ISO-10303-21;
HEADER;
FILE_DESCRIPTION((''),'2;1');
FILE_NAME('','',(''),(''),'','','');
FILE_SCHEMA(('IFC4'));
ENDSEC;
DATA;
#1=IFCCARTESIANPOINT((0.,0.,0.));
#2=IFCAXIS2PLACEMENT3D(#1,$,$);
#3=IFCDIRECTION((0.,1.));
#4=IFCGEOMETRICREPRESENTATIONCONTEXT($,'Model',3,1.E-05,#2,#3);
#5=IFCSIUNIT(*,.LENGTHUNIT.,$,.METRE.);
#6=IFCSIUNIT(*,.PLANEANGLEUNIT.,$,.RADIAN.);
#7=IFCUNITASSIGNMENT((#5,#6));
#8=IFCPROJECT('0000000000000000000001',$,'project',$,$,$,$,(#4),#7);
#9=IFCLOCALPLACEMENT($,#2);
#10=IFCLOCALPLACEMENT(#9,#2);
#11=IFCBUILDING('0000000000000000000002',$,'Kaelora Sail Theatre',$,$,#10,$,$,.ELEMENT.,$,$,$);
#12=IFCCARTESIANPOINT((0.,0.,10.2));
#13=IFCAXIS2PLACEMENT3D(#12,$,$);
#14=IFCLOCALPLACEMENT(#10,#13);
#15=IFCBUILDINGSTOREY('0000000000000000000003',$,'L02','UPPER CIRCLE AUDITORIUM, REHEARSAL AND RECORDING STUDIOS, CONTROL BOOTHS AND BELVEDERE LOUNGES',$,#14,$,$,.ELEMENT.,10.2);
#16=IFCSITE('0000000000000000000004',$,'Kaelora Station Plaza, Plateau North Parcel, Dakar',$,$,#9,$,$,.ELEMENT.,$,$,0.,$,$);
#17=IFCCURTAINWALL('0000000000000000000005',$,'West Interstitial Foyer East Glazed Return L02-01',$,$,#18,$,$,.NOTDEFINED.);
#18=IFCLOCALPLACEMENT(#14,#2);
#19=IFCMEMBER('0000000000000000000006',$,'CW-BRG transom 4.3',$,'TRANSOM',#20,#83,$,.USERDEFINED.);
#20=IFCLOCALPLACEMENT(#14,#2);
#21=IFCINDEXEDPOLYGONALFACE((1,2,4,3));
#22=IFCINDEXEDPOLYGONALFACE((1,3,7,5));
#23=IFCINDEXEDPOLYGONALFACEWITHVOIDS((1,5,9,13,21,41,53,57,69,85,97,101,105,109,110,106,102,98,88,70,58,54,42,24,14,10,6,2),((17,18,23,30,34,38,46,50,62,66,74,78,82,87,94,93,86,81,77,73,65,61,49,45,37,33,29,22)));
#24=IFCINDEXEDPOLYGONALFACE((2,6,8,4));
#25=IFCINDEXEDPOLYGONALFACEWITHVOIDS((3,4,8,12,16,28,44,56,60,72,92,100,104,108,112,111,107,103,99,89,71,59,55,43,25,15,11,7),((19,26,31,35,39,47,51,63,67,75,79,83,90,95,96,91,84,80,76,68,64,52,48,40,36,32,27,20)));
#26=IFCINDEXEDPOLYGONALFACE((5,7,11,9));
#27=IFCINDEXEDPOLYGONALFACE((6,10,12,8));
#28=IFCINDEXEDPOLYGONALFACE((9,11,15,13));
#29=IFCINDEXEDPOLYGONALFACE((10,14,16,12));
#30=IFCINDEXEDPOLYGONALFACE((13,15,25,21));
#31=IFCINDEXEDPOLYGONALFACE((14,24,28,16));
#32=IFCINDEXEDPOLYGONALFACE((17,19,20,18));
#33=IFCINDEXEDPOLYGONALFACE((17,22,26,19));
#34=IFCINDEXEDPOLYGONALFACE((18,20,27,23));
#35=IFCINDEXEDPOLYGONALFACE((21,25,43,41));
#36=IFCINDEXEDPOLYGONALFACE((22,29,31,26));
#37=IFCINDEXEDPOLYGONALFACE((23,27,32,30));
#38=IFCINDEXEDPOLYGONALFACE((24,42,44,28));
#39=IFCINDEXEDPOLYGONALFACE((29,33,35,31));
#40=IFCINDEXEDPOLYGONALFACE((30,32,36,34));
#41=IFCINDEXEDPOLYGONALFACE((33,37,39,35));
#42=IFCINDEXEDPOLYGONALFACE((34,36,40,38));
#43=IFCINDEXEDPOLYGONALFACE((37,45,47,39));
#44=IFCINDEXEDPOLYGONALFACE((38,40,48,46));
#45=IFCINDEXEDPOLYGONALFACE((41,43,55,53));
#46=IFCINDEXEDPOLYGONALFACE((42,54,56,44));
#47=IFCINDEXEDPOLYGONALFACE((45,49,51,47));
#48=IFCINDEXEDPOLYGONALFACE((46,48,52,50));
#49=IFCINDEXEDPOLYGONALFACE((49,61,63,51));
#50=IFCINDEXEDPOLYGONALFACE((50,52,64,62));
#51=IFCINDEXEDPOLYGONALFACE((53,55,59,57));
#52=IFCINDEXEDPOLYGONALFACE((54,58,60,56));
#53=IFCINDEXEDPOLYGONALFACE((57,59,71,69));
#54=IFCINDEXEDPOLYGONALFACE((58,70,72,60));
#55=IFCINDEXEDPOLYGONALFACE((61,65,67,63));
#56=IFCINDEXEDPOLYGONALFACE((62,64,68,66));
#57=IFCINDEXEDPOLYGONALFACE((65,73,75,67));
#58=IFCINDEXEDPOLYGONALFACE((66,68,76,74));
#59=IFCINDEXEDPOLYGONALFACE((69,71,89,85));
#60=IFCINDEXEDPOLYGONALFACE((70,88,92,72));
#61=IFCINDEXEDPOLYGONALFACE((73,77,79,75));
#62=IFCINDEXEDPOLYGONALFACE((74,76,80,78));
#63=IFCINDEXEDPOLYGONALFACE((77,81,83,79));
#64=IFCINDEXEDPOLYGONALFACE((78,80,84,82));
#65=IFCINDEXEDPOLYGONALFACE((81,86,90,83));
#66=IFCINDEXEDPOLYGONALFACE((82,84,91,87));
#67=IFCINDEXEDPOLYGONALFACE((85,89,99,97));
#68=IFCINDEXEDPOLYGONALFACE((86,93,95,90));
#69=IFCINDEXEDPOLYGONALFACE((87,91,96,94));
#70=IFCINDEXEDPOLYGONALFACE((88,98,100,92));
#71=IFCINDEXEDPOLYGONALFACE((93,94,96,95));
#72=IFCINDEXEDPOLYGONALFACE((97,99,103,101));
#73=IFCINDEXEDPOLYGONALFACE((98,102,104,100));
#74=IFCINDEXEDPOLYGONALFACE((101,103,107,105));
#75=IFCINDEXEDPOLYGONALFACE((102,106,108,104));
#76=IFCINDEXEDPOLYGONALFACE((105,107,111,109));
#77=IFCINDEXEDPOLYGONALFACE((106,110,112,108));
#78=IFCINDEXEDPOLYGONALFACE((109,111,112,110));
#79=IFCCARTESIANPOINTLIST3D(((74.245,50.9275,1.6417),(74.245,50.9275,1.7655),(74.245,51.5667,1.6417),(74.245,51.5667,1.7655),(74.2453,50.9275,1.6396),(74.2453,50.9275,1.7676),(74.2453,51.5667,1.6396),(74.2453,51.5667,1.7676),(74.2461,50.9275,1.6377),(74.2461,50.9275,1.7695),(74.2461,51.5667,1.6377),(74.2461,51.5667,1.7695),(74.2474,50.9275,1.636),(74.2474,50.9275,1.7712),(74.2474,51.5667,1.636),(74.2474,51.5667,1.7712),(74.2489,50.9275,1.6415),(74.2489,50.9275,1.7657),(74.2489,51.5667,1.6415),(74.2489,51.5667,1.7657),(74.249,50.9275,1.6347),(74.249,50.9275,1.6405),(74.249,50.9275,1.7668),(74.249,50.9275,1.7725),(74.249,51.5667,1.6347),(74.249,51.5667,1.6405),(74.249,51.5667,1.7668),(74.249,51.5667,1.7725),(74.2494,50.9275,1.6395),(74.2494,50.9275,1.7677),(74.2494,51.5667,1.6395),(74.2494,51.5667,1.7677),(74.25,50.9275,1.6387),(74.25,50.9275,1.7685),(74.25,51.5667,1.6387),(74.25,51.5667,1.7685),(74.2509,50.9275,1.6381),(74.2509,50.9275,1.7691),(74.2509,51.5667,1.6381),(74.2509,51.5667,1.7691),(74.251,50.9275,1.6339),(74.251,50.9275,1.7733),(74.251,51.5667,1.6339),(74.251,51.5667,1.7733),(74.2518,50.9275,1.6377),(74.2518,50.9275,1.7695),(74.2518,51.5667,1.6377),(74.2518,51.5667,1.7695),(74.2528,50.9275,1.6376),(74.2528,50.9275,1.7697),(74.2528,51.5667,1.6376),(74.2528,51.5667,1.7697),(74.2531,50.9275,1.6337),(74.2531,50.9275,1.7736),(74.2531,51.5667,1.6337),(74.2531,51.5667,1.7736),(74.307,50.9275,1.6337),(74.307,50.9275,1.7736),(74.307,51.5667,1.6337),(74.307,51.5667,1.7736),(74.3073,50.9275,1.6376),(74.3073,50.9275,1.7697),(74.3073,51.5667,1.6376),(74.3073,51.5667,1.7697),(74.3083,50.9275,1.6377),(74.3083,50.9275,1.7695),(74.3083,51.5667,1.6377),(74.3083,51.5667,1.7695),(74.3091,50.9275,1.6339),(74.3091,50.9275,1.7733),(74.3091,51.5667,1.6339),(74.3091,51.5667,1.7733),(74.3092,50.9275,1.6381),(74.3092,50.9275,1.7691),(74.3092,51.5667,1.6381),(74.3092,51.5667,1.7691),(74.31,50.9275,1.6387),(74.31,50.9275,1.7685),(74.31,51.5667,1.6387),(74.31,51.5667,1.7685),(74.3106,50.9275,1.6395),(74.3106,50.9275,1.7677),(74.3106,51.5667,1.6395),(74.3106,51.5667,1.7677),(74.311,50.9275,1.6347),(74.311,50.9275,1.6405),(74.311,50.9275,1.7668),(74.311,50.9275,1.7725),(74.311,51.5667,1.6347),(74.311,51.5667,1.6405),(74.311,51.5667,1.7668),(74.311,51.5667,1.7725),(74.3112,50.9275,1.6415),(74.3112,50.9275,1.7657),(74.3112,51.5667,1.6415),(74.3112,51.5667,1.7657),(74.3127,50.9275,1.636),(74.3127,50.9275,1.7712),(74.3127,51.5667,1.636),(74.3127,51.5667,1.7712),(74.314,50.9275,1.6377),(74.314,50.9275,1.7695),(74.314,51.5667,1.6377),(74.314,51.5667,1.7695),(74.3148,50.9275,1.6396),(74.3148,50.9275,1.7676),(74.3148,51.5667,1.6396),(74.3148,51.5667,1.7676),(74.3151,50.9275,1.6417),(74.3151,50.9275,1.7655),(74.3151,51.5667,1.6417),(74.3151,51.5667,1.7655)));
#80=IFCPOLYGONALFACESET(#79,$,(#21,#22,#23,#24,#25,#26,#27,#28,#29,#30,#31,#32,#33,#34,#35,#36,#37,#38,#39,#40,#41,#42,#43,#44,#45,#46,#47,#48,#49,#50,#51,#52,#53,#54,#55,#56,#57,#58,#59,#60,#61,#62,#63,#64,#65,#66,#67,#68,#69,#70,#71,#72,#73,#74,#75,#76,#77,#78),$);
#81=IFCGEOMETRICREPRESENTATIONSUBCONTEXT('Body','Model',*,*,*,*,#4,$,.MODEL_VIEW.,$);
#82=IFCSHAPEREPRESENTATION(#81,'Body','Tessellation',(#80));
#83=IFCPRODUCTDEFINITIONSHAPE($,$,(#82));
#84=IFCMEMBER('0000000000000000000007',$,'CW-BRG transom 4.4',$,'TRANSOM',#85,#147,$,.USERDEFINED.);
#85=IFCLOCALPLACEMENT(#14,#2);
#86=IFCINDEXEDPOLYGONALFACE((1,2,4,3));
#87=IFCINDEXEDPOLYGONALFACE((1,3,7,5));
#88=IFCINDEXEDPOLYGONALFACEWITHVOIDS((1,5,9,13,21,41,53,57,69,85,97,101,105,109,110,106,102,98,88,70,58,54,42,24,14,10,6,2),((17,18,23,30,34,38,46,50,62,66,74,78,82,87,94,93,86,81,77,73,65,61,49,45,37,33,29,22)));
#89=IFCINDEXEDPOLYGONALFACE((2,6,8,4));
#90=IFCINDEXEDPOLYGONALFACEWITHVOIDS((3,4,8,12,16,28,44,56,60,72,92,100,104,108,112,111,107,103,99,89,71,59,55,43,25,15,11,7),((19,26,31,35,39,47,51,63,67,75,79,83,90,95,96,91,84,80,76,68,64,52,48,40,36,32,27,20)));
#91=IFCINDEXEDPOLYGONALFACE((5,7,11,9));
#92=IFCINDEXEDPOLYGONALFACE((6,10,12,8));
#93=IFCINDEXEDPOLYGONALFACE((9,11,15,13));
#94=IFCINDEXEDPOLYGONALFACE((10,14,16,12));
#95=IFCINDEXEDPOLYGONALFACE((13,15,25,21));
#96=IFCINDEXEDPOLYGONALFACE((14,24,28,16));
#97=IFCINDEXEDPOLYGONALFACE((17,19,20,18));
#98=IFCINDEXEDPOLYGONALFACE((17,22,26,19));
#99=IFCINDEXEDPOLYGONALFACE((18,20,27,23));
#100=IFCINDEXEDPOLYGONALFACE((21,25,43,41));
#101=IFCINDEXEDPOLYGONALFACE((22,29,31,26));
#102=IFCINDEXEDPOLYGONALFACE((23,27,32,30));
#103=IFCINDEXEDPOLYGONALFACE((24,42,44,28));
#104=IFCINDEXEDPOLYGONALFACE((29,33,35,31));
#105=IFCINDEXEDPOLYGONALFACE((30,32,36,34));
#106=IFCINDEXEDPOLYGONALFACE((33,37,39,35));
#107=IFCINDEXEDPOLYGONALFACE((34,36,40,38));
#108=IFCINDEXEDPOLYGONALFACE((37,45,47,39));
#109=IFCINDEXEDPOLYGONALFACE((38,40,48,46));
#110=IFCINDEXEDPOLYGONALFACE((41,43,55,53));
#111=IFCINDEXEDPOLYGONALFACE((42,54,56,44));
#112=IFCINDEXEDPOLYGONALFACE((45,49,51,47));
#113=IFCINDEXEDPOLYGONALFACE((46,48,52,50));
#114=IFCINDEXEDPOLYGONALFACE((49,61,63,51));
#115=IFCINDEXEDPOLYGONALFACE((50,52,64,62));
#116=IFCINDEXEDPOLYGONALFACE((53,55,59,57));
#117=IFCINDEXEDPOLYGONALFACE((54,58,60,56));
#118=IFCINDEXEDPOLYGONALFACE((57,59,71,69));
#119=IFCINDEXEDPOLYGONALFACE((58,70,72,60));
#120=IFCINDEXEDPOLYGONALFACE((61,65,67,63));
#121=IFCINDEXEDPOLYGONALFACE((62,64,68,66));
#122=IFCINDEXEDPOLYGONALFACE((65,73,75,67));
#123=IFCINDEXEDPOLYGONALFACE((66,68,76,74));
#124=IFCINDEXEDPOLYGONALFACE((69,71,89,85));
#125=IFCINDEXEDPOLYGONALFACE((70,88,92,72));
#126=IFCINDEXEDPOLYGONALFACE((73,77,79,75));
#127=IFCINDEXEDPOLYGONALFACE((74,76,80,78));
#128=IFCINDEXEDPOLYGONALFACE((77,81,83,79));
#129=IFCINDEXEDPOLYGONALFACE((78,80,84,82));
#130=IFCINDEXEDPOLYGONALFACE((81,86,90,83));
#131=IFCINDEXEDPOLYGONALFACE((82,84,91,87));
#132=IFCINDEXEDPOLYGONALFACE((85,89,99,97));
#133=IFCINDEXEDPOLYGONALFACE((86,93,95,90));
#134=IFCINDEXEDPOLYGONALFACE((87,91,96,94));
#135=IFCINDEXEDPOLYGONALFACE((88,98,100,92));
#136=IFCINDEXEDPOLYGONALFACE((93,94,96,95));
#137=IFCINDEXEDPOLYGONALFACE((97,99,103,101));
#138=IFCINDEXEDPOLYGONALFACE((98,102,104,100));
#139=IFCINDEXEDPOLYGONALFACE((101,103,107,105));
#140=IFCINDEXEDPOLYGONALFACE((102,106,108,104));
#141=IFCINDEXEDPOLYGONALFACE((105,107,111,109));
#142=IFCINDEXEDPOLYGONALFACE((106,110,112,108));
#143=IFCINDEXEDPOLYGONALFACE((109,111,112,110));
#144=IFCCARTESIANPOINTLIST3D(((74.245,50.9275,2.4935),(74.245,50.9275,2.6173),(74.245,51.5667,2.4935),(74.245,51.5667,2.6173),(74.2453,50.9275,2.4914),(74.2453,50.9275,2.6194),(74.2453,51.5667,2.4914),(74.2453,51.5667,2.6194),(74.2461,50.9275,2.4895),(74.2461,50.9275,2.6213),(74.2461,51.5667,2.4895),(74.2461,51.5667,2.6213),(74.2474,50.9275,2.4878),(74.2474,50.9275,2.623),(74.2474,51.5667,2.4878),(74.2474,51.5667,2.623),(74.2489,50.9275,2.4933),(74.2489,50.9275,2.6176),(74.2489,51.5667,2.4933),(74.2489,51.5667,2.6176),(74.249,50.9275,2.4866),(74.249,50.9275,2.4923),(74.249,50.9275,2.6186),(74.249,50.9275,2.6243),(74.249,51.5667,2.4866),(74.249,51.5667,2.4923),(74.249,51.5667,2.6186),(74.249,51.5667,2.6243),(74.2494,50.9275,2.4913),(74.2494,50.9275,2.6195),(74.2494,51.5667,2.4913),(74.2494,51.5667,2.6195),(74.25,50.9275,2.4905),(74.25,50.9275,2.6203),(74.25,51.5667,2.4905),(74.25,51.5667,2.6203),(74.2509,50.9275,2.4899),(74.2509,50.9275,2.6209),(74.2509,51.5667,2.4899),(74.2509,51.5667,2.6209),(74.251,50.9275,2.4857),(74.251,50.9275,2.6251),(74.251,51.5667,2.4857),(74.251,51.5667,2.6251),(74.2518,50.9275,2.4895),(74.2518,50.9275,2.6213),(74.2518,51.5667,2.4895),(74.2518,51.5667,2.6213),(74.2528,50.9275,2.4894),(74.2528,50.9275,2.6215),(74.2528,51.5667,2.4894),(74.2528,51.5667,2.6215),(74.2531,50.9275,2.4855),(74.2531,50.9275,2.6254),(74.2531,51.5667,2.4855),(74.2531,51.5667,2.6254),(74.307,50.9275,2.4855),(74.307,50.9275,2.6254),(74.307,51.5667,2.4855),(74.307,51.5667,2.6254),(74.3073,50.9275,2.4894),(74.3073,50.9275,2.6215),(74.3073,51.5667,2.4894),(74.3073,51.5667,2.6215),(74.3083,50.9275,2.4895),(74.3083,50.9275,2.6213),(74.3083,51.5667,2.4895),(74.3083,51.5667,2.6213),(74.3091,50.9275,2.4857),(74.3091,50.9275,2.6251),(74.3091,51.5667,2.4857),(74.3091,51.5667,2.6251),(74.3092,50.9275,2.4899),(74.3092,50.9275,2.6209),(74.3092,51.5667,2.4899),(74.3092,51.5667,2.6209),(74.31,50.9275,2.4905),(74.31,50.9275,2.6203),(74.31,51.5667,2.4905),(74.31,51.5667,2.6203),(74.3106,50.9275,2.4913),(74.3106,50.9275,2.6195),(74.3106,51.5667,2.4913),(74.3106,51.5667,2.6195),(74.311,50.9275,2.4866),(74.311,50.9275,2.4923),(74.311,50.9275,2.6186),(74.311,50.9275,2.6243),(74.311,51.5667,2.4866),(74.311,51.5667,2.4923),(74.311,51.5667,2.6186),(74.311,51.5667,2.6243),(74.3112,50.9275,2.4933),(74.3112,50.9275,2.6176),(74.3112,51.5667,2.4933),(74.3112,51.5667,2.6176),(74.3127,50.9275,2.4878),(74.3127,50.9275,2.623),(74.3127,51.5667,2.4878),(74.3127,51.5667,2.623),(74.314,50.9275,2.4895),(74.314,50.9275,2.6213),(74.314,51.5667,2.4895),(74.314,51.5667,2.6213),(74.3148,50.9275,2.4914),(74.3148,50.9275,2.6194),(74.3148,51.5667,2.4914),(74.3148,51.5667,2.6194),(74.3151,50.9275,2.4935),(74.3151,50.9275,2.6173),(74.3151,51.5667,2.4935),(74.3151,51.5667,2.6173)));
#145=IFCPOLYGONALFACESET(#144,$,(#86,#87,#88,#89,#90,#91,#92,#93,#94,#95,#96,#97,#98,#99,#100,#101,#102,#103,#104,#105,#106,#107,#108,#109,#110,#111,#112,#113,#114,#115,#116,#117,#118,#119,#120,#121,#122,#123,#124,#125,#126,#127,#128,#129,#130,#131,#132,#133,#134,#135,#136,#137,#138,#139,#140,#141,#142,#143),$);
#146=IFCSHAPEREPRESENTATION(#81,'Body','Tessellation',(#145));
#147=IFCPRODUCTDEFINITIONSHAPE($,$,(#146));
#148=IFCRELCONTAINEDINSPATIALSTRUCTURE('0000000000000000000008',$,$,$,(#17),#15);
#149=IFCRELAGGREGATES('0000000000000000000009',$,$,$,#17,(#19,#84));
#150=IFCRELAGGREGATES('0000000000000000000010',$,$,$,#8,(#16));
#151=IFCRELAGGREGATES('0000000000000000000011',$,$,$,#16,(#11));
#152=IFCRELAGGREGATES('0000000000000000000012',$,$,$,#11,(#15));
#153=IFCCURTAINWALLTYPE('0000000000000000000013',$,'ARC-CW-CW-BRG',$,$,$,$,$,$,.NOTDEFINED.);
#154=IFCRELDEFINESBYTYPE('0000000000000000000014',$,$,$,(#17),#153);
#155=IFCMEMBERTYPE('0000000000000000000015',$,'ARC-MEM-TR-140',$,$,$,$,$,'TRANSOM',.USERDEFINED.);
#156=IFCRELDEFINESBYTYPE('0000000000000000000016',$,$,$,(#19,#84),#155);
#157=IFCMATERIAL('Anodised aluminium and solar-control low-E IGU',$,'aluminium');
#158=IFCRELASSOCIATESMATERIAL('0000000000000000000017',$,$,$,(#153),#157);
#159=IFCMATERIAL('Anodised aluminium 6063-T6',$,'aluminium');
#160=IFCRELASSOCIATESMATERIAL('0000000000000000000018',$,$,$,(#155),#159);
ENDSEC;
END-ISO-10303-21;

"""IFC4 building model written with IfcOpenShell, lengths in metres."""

from ifc_helpers import new_model, si_unit, direction, frame, origin, origin_2d, place, context, subcontext, project, spatial, hollow_rectangle, extrude, material, material_profile, profile_set, type_object, element, aggregate, save


model = new_model("IFC4")

# Units and contexts
model_context = context("Model", 3, precision=1e-05, world=origin(), true_north=direction((0.0, 1.0)))
body_context = subcontext(model_context, "Body", "Model", "MODEL_VIEW")
ifc_project = project(units=[si_unit("LENGTHUNIT", "METRE"), si_unit("PLANEANGLEUNIT", "RADIAN")], contexts=[model_context])

# Site, building, storey
site_placement = place(None, origin())
site = spatial("IfcSite", under=ifc_project, at=site_placement, Name="Kaelora Station Plaza, Plateau North Parcel, Dakar", CompositionType="ELEMENT", RefElevation=0.0)
building_placement = place(site_placement, origin())
building = spatial("IfcBuilding", under=site, at=building_placement, Name="Kaelora Sail Theatre", CompositionType="ELEMENT")
storey_placement = place(building_placement, frame((0.0, 0.0, 10.2)))
storey = spatial("IfcBuildingStorey", under=building, at=storey_placement, Name="L02", Description="UPPER CIRCLE AUDITORIUM, REHEARSAL AND RECORDING STUDIOS, CONTROL BOOTHS AND BELVEDERE LOUNGES", CompositionType="ELEMENT", Elevation=10.2)

# Curtain wall, members
ifc_material_1 = material(Name="Anodised aluminium and solar-control low-E IGU", Category="aluminium")
curtain_wall_type = type_object("IfcCurtainWallType", Name="ARC-CW-CW-BRG", PredefinedType="NOTDEFINED", material=ifc_material_1)
curtain_wall_1_placement = place(storey_placement, origin())
curtain_wall_1 = element("IfcCurtainWall", 1, at=curtain_wall_1_placement, inside=storey, type_object=curtain_wall_type, Name="West Interstitial Foyer East Glazed Return L02-01", PredefinedType="NOTDEFINED")
ifc_material_2 = material(Name="Anodised aluminium 6063-T6", Category="aluminium")
ifc_material_profile_1 = material_profile(ifc_material_2, hollow_rectangle(XDim=0.0701, YDim=0.1399, WallThickness=0.0039, InnerFilletRadius=0.0039, OuterFilletRadius=0.0081, at=origin_2d()), Name="ALU-TRAN 70x140x4")
ifc_profile_set_1 = profile_set([ifc_material_profile_1], Name="Anodised aluminium 6063-T6")
member_type_1 = type_object("IfcMemberType", Name="ARC-MEM-TR-140", ElementType="TRANSOM", PredefinedType="USERDEFINED", material=ifc_profile_set_1)
member_1_placement = place(storey_placement, frame((74.28, 50.9275, 1.7036), z_axis=(0.0, 1.0, 0.0), x_axis=(-1.0, 0.0, 0.0)))
member_1 = element("IfcMember", 2, at=member_1_placement, type_object=member_type_1, Name="CW-BRG transom 4.3", ObjectType="TRANSOM", PredefinedType="USERDEFINED", context=body_context, shape_type="SweptSolid", body=[
    extrude(hollow_rectangle(XDim=0.0701, YDim=0.1399, WallThickness=0.0039, InnerFilletRadius=0.0039, OuterFilletRadius=0.0081, at=origin_2d()), origin(), (0.0, 0.0, 1.0), 0.6392),
])
member_2_placement = place(storey_placement, frame((74.28, 50.9275, 2.5554), z_axis=(0.0, 1.0, 0.0), x_axis=(-1.0, 0.0, 0.0)))
member_2 = element("IfcMember", 3, at=member_2_placement, type_object=member_type_1, Name="CW-BRG transom 4.4", ObjectType="TRANSOM", PredefinedType="USERDEFINED", context=body_context, shape_type="SweptSolid", body=[
    extrude(hollow_rectangle(XDim=0.0701, YDim=0.1399, WallThickness=0.0039, InnerFilletRadius=0.0039, OuterFilletRadius=0.0081, at=origin_2d()), origin(), (0.0, 0.0, 1.0), 0.6392),
])

aggregate(curtain_wall_1, [member_1, member_2])

save(model, "model.ifc")
